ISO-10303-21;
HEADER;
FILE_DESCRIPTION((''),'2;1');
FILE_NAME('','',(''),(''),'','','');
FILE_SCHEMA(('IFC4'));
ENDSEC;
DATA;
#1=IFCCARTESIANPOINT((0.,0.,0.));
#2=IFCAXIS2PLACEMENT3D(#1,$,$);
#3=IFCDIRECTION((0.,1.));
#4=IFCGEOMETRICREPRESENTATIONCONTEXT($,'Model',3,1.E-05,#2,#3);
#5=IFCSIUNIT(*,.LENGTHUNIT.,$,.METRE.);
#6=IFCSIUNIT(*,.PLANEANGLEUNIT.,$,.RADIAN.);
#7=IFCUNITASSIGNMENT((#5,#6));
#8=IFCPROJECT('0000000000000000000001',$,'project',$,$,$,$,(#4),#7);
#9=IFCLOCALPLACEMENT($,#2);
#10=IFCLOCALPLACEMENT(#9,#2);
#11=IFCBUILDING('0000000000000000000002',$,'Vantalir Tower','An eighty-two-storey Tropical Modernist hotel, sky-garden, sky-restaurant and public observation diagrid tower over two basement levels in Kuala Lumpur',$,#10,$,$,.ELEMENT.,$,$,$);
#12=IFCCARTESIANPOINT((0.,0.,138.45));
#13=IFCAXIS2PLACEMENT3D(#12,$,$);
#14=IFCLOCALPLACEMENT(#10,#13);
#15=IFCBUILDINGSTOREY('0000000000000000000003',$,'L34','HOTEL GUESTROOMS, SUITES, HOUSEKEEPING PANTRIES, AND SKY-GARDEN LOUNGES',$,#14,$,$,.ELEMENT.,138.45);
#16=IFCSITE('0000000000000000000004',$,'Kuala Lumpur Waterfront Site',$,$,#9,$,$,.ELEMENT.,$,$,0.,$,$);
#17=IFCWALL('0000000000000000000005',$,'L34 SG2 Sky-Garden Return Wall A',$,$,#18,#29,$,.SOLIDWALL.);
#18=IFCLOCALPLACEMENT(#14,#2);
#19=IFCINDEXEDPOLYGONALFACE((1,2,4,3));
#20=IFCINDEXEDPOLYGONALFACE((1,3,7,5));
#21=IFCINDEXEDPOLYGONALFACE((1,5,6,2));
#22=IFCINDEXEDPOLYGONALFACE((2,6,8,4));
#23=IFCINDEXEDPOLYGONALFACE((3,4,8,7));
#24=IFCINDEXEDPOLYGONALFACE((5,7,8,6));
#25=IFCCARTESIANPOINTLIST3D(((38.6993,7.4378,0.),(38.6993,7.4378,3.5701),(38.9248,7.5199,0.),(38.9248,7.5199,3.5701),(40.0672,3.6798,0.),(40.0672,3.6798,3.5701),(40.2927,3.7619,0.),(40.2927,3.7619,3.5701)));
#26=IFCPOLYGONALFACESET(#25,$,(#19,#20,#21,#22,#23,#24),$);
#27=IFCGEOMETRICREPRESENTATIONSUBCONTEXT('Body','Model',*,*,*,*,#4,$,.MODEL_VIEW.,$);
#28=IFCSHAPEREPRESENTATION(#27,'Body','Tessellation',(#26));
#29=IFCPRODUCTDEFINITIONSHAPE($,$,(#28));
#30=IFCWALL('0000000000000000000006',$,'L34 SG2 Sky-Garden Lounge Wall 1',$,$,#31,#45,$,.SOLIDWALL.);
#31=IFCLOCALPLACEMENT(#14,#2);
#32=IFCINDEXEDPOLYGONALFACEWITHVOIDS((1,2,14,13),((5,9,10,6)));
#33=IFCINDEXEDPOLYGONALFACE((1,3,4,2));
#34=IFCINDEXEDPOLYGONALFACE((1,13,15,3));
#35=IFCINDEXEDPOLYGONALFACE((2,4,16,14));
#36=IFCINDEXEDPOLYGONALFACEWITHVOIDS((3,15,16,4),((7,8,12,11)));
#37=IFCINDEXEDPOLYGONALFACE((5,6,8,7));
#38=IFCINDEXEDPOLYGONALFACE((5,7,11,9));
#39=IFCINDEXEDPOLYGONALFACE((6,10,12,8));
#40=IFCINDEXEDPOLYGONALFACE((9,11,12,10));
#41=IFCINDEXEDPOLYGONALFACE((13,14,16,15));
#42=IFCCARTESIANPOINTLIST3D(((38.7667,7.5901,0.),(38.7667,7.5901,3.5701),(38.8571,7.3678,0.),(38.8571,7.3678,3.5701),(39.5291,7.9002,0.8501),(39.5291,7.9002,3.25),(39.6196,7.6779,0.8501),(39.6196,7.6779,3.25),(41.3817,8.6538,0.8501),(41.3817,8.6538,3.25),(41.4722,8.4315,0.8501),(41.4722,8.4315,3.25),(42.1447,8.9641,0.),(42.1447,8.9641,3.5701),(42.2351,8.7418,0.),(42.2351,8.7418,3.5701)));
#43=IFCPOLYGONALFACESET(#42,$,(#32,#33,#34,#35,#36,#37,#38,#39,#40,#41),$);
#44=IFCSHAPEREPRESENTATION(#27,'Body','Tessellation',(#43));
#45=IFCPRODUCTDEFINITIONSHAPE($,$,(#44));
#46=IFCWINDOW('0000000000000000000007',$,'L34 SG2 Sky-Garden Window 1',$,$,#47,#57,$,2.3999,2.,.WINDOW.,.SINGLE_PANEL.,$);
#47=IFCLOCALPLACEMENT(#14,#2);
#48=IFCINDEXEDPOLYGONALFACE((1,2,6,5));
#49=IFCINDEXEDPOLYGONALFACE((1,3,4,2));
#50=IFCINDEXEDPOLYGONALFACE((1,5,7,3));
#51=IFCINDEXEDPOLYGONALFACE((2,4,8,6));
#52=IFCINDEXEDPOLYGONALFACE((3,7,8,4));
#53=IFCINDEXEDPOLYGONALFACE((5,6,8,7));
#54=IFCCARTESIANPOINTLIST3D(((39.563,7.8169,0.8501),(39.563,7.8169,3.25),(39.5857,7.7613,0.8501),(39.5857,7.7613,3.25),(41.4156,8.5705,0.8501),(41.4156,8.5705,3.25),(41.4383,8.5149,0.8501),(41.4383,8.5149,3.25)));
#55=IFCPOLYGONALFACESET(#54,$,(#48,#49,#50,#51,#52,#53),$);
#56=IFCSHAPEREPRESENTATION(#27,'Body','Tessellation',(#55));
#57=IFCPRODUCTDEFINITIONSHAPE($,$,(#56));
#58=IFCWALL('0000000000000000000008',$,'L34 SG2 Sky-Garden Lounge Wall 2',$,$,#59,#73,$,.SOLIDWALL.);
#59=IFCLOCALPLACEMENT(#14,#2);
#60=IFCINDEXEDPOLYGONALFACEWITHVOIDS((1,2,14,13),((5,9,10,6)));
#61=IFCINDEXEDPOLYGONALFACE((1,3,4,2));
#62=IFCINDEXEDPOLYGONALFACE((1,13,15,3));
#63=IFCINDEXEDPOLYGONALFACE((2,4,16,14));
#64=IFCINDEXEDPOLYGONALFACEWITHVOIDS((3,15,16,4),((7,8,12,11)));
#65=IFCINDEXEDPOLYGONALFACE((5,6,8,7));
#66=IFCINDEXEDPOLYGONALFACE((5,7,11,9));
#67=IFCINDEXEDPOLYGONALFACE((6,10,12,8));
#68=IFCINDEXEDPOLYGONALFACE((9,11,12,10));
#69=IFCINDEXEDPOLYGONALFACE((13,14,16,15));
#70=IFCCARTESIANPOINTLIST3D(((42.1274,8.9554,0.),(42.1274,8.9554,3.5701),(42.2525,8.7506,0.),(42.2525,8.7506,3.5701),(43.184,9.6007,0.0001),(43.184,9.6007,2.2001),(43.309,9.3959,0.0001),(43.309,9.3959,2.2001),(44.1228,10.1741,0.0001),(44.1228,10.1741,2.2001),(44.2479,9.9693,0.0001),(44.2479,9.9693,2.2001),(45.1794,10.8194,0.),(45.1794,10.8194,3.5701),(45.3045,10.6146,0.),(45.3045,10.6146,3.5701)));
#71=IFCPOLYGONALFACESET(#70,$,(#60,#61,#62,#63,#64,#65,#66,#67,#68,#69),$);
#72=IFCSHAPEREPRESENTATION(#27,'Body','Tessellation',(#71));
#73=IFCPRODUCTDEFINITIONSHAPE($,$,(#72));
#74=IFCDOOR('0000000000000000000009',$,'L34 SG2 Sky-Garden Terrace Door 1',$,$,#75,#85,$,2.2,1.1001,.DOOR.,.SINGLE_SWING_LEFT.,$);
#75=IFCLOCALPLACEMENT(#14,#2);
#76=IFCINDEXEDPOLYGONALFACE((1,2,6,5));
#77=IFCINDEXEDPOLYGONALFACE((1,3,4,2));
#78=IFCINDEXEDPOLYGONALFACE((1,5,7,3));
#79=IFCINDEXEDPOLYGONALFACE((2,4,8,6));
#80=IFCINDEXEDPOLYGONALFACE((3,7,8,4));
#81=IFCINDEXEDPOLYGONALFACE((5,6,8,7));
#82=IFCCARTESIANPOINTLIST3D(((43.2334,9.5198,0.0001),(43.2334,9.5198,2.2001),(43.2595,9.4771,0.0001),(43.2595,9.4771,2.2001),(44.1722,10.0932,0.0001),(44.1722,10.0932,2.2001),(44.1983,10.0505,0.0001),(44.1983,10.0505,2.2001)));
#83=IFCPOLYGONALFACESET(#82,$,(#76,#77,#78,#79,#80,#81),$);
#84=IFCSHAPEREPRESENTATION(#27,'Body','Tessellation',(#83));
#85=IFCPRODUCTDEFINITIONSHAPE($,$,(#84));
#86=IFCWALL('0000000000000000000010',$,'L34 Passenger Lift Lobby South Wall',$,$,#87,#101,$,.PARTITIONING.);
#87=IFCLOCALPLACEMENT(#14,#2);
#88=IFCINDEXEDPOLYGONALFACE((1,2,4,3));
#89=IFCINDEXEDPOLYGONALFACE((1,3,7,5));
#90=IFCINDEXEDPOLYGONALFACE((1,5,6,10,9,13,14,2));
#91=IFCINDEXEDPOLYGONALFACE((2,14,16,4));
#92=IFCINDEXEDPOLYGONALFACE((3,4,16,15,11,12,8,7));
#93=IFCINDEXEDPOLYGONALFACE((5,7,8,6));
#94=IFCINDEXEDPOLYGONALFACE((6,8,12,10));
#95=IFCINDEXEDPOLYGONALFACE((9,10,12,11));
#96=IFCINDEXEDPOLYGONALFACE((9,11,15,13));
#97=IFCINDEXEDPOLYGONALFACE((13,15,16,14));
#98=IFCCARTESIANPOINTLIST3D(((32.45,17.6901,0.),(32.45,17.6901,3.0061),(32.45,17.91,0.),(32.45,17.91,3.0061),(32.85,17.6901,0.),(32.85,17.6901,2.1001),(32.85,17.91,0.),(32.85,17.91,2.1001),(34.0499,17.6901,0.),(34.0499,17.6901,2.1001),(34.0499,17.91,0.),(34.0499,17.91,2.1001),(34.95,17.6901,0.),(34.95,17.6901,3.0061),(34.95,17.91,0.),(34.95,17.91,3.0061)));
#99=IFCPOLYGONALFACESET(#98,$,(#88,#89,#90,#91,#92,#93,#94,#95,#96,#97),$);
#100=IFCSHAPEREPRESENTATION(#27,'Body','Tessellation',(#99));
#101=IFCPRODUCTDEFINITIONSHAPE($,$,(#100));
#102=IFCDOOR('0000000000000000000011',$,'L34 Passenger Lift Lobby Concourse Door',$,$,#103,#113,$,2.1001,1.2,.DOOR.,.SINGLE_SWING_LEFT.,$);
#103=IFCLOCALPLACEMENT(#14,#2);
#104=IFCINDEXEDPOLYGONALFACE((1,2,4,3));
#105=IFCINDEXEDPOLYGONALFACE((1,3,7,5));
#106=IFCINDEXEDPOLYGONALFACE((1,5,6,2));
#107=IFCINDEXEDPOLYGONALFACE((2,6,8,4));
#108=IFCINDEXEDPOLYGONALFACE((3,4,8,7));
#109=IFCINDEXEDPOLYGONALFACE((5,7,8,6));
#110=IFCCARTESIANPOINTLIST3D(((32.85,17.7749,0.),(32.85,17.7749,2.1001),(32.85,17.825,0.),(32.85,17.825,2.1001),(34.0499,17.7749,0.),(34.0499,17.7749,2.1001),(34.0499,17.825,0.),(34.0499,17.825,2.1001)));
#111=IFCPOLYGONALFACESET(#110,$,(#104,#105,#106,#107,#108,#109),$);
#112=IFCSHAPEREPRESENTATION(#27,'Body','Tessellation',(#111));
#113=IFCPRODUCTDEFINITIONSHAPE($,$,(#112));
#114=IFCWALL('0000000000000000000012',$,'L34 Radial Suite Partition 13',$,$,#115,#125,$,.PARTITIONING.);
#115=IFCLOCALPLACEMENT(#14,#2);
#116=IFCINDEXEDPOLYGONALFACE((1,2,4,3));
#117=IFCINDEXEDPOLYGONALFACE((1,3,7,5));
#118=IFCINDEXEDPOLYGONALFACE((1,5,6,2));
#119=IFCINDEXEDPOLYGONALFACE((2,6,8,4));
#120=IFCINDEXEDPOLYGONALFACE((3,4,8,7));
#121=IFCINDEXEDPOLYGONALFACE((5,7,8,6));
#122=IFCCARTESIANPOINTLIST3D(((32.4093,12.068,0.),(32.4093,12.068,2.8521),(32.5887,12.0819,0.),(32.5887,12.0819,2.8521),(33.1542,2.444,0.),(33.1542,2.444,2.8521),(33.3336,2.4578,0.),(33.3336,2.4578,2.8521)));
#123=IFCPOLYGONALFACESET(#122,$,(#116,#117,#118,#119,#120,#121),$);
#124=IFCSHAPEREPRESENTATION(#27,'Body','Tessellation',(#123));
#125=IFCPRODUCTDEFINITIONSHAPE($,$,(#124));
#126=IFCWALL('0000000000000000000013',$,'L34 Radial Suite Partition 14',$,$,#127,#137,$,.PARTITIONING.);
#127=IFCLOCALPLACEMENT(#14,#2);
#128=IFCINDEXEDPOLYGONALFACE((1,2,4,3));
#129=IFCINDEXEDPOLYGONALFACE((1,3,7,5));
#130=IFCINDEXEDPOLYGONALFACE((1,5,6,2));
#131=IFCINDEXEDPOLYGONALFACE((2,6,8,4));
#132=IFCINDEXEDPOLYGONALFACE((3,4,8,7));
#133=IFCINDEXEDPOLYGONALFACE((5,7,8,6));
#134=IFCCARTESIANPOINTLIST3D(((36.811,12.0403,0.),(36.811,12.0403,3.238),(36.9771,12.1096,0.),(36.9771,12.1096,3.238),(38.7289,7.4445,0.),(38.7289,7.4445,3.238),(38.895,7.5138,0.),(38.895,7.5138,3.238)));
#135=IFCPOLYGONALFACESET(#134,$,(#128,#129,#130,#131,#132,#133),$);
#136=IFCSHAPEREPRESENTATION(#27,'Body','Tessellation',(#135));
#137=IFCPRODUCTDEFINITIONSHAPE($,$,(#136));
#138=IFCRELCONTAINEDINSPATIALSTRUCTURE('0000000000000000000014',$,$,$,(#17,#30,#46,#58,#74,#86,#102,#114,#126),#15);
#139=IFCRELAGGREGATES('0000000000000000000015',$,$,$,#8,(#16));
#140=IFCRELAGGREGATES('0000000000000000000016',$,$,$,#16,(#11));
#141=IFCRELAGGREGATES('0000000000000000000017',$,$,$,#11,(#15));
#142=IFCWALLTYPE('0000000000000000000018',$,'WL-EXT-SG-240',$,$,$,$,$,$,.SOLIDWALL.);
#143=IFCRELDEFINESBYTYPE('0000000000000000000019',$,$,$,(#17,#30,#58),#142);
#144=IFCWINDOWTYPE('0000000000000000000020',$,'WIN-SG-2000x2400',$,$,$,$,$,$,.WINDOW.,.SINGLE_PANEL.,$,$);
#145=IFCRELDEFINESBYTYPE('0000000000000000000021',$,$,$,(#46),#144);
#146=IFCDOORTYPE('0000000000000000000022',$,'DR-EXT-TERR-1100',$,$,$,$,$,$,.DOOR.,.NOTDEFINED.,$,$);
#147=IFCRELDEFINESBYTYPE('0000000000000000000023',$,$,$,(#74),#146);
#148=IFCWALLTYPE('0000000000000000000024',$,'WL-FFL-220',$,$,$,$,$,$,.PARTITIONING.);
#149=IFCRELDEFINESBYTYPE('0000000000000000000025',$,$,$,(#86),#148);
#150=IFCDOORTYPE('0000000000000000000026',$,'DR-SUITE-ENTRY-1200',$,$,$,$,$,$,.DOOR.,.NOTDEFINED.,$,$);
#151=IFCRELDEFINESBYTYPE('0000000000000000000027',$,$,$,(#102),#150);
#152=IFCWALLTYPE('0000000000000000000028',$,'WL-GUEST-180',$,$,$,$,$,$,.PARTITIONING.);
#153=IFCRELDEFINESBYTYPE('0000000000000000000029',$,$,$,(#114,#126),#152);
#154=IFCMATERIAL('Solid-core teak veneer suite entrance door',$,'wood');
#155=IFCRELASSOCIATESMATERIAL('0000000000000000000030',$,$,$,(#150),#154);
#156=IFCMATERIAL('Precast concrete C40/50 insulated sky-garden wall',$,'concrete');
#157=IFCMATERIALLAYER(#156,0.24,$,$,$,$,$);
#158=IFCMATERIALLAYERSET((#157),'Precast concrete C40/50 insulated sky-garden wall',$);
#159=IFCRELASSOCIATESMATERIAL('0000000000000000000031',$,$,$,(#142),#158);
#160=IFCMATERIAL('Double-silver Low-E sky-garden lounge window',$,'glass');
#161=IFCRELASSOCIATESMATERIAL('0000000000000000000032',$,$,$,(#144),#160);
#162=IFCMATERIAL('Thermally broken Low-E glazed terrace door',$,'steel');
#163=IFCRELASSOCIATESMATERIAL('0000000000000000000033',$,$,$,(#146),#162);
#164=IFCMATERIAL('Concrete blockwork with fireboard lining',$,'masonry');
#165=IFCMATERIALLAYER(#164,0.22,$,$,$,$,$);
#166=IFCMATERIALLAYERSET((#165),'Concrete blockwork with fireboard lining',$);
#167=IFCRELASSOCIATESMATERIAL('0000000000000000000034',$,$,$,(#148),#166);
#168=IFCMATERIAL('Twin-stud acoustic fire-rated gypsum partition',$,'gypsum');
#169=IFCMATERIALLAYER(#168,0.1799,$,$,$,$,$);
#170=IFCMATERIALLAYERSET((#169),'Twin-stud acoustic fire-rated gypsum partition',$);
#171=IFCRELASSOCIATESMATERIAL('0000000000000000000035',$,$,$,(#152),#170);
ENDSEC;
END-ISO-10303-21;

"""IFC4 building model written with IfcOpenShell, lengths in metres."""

from ifc_helpers import new_model, si_unit, direction, frame, frame_2d, origin, place, context, subcontext, project, spatial, rectangle, extrude, material, layer, layer_set, type_object, element, fill, save


model = new_model("IFC4")

# Units and contexts
model_context = context("Model", 3, precision=1e-05, world=origin(), true_north=direction((0.0, 1.0)))
body_context = subcontext(model_context, "Body", "Model", "MODEL_VIEW")
ifc_project = project(units=[si_unit("LENGTHUNIT", "METRE"), si_unit("PLANEANGLEUNIT", "RADIAN")], contexts=[model_context])

# Site, building, storey
site_placement = place(None, origin())
site = spatial("IfcSite", under=ifc_project, at=site_placement, Name="Kuala Lumpur Waterfront Site", CompositionType="ELEMENT", RefElevation=0.0)
building_placement = place(site_placement, origin())
building = spatial("IfcBuilding", under=site, at=building_placement, Name="Vantalir Tower", Description="An eighty-two-storey Tropical Modernist hotel, sky-garden, sky-restaurant and public observation diagrid tower over two basement levels in Kuala Lumpur", CompositionType="ELEMENT")
storey_placement = place(building_placement, frame((0.0, 0.0, 138.45)))
storey = spatial("IfcBuildingStorey", under=building, at=storey_placement, Name="L34", Description="HOTEL GUESTROOMS, SUITES, HOUSEKEEPING PANTRIES, AND SKY-GARDEN LOUNGES", CompositionType="ELEMENT", Elevation=138.45)

# Shared definitions
ifc_material_1 = material(Name="Solid-core teak veneer suite entrance door", Category="wood")
door_type_1 = type_object("IfcDoorType", Name="DR-SUITE-ENTRY-1200", OperationType="NOTDEFINED", PredefinedType="DOOR", material=ifc_material_1)

# Wall
ifc_material_2 = material(Name="Precast concrete C40/50 insulated sky-garden wall", Category="concrete")
ifc_layer_1 = layer(ifc_material_2, 0.24)
ifc_layer_set_1 = layer_set([ifc_layer_1], Name="Precast concrete C40/50 insulated sky-garden wall")
wall_type_1 = type_object("IfcWallType", Name="WL-EXT-SG-240", PredefinedType="SOLIDWALL", material=ifc_layer_set_1)
wall_1_placement = place(storey_placement, frame((40.1799, 3.7209, 0.0), z_axis=(0.0, 0.0, 1.0), x_axis=(-0.342042, 0.939685, 0.0)))
element("IfcWall", 1, at=wall_1_placement, inside=storey, type_object=wall_type_1, Name="L34 SG2 Sky-Garden Return Wall A", PredefinedType="SOLIDWALL", context=body_context, shape_type="SweptSolid", body=[
    extrude(rectangle(XDim=3.9993, YDim=0.24, at=frame_2d((1.9995, 0.0))), origin(), (0.0, 0.0, 1.0), 3.5701),
])

# Wall, opening, window
wall_2_placement = place(storey_placement, frame((38.812, 7.479, 0.0), z_axis=(0.0, 0.0, 1.0), x_axis=(0.9263, 0.376786, 0.0)))
wall_2 = element("IfcWall", 2, at=wall_2_placement, inside=storey, type_object=wall_type_1, Name="L34 SG2 Sky-Garden Lounge Wall 1", PredefinedType="SOLIDWALL", context=body_context, shape_type="SweptSolid", body=[
    extrude(rectangle(XDim=3.6467, YDim=0.24, at=frame_2d((1.8232, 0.0))), origin(), (0.0, 0.0, 1.0), 3.5701),
])
opening_1_placement = place(wall_2_placement, frame((0.823, 0.0, 0.8501)))
opening_1 = element("IfcOpeningElement", 3, at=opening_1_placement, cuts=wall_2, PredefinedType="OPENING", context=body_context, shape_type="SweptSolid", body=[
    extrude(rectangle(XDim=2.0, YDim=2.3999, at=frame_2d((1.0, 1.2))), frame((0.0, 0.1299, 0.0), z_axis=(0.0, -1.0, 0.0), x_axis=(1.0, 0.0, 0.0)), (0.0, 0.0, 1.0), 0.26),
])
ifc_material_3 = material(Name="Double-silver Low-E sky-garden lounge window", Category="glass")
window_type = type_object("IfcWindowType", Name="WIN-SG-2000x2400", PartitioningType="SINGLE_PANEL", PredefinedType="WINDOW", material=ifc_material_3)
window_placement = place(opening_1_placement, origin())
window = element("IfcWindow", 4, at=window_placement, inside=storey, type_object=window_type, Name="L34 SG2 Sky-Garden Window 1", OverallHeight=2.3999, OverallWidth=2.0, PartitioningType="SINGLE_PANEL", PredefinedType="WINDOW", context=body_context, shape_type="SweptSolid", body=[
    extrude(rectangle(XDim=2.0, YDim=2.3999, at=frame_2d((1.0, 1.2))), frame((0.0, 0.03, 0.0), z_axis=(0.0, -1.0, 0.0), x_axis=(1.0, 0.0, 0.0)), (0.0, 0.0, 1.0), 0.0601),
])
fill(opening_1, window)

# Walls, openings, doors
wall_3_placement = place(storey_placement, frame((42.1899, 8.853, 0.0), z_axis=(0.0, 0.0, 1.0), x_axis=(0.853418, 0.521226, 0.0)))
wall_3 = element("IfcWall", 5, at=wall_3_placement, inside=storey, type_object=wall_type_1, Name="L34 SG2 Sky-Garden Lounge Wall 2", PredefinedType="SOLIDWALL", context=body_context, shape_type="SweptSolid", body=[
    extrude(rectangle(XDim=3.5762, YDim=0.24, at=frame_2d((1.7881, 0.0))), origin(), (0.0, 0.0, 1.0), 3.5701),
])
opening_2_placement = place(wall_3_placement, frame((1.238, 0.0, 0.0)))
opening_2 = element("IfcOpeningElement", 6, at=opening_2_placement, cuts=wall_3, PredefinedType="OPENING", context=body_context, shape_type="SweptSolid", body=[
    extrude(rectangle(XDim=1.1001, YDim=2.2, at=frame_2d((0.55, 1.1001))), frame((0.0, 0.1299, 0.0), z_axis=(0.0, -1.0, 0.0), x_axis=(1.0, 0.0, 0.0)), (0.0, 0.0, 1.0), 0.26),
])
ifc_material_4 = material(Name="Thermally broken Low-E glazed terrace door", Category="steel")
door_type_2 = type_object("IfcDoorType", Name="DR-EXT-TERR-1100", OperationType="NOTDEFINED", PredefinedType="DOOR", material=ifc_material_4)
door_1_placement = place(opening_2_placement, frame((1.1001, 0.0, 0.0), z_axis=(0.0, 0.0, 1.0), x_axis=(-1.0, 0.0, 0.0)))
door_1 = element("IfcDoor", 7, at=door_1_placement, inside=storey, type_object=door_type_2, Name="L34 SG2 Sky-Garden Terrace Door 1", OperationType="SINGLE_SWING_LEFT", OverallHeight=2.2, OverallWidth=1.1001, PredefinedType="DOOR", context=body_context, shape_type="SweptSolid", body=[
    extrude(rectangle(XDim=1.1001, YDim=2.2, at=frame_2d((0.55, 1.1001))), frame((0.0, 0.0249, 0.0), z_axis=(0.0, -1.0, 0.0), x_axis=(1.0, 0.0, 0.0)), (0.0, 0.0, 1.0), 0.05),
])
fill(opening_2, door_1)
ifc_material_5 = material(Name="Concrete blockwork with fireboard lining", Category="masonry")
ifc_layer_2 = layer(ifc_material_5, 0.22)
ifc_layer_set_2 = layer_set([ifc_layer_2], Name="Concrete blockwork with fireboard lining")
wall_type_2 = type_object("IfcWallType", Name="WL-FFL-220", PredefinedType="PARTITIONING", material=ifc_layer_set_2)
wall_4_placement = place(storey_placement, frame((32.45, 17.8, 0.0), z_axis=(0.0, 0.0, 1.0), x_axis=(1.0, 0.0, 0.0)))
wall_4 = element("IfcWall", 8, at=wall_4_placement, inside=storey, type_object=wall_type_2, Name="L34 Passenger Lift Lobby South Wall", PredefinedType="PARTITIONING", context=body_context, shape_type="SweptSolid", body=[
    extrude(rectangle(XDim=2.5, YDim=0.22, at=frame_2d((1.25, 0.0))), origin(), (0.0, 0.0, 1.0), 3.0061),
])
opening_3_placement = place(wall_4_placement, frame((0.3999, 0.0, 0.0)))
opening_3 = element("IfcOpeningElement", 9, at=opening_3_placement, cuts=wall_4, PredefinedType="OPENING", context=body_context, shape_type="SweptSolid", body=[
    extrude(rectangle(XDim=1.2, YDim=2.1001, at=frame_2d((0.6001, 1.05))), frame((0.0, 0.1199, 0.0), z_axis=(0.0, -1.0, 0.0), x_axis=(1.0, 0.0, 0.0)), (0.0, 0.0, 1.0), 0.24),
])
door_2_placement = place(opening_3_placement, origin())
door_2 = element("IfcDoor", 10, at=door_2_placement, inside=storey, type_object=door_type_1, Name="L34 Passenger Lift Lobby Concourse Door", OperationType="SINGLE_SWING_LEFT", OverallHeight=2.1001, OverallWidth=1.2, PredefinedType="DOOR", context=body_context, shape_type="SweptSolid", body=[
    extrude(rectangle(XDim=1.2, YDim=2.1001, at=frame_2d((0.6001, 1.05))), frame((0.0, 0.0249, 0.0), z_axis=(0.0, -1.0, 0.0), x_axis=(1.0, 0.0, 0.0)), (0.0, 0.0, 1.0), 0.05),
])
fill(opening_3, door_2)

# Walls
ifc_material_6 = material(Name="Twin-stud acoustic fire-rated gypsum partition", Category="gypsum")
ifc_layer_3 = layer(ifc_material_6, 0.1799)
ifc_layer_set_3 = layer_set([ifc_layer_3], Name="Twin-stud acoustic fire-rated gypsum partition")
wall_type_3 = type_object("IfcWallType", Name="WL-GUEST-180", PredefinedType="PARTITIONING", material=ifc_layer_set_3)
wall_5_placement = place(storey_placement, frame((32.499, 12.075, 0.0), z_axis=(0.0, 0.0, 1.0), x_axis=(0.077166, -0.997018, 0.0)))
element("IfcWall", 11, at=wall_5_placement, inside=storey, type_object=wall_type_3, Name="L34 Radial Suite Partition 13", PredefinedType="PARTITIONING", context=body_context, shape_type="SweptSolid", body=[
    extrude(rectangle(XDim=9.6528, YDim=0.1799, at=frame_2d((4.8264, 0.0))), origin(), (0.0, 0.0, 1.0), 2.8521),
])
wall_6_placement = place(storey_placement, frame((36.894, 12.075, 0.0), z_axis=(0.0, 0.0, 1.0), x_axis=(0.385127, -0.922864, 0.0)))
element("IfcWall", 12, at=wall_6_placement, inside=storey, type_object=wall_type_3, Name="L34 Radial Suite Partition 14", PredefinedType="PARTITIONING", context=body_context, shape_type="SweptSolid", body=[
    extrude(rectangle(XDim=4.98, YDim=0.1799, at=frame_2d((2.49, 0.0))), origin(), (0.0, 0.0, 1.0), 3.238),
])

save(model, "model.ifc")
